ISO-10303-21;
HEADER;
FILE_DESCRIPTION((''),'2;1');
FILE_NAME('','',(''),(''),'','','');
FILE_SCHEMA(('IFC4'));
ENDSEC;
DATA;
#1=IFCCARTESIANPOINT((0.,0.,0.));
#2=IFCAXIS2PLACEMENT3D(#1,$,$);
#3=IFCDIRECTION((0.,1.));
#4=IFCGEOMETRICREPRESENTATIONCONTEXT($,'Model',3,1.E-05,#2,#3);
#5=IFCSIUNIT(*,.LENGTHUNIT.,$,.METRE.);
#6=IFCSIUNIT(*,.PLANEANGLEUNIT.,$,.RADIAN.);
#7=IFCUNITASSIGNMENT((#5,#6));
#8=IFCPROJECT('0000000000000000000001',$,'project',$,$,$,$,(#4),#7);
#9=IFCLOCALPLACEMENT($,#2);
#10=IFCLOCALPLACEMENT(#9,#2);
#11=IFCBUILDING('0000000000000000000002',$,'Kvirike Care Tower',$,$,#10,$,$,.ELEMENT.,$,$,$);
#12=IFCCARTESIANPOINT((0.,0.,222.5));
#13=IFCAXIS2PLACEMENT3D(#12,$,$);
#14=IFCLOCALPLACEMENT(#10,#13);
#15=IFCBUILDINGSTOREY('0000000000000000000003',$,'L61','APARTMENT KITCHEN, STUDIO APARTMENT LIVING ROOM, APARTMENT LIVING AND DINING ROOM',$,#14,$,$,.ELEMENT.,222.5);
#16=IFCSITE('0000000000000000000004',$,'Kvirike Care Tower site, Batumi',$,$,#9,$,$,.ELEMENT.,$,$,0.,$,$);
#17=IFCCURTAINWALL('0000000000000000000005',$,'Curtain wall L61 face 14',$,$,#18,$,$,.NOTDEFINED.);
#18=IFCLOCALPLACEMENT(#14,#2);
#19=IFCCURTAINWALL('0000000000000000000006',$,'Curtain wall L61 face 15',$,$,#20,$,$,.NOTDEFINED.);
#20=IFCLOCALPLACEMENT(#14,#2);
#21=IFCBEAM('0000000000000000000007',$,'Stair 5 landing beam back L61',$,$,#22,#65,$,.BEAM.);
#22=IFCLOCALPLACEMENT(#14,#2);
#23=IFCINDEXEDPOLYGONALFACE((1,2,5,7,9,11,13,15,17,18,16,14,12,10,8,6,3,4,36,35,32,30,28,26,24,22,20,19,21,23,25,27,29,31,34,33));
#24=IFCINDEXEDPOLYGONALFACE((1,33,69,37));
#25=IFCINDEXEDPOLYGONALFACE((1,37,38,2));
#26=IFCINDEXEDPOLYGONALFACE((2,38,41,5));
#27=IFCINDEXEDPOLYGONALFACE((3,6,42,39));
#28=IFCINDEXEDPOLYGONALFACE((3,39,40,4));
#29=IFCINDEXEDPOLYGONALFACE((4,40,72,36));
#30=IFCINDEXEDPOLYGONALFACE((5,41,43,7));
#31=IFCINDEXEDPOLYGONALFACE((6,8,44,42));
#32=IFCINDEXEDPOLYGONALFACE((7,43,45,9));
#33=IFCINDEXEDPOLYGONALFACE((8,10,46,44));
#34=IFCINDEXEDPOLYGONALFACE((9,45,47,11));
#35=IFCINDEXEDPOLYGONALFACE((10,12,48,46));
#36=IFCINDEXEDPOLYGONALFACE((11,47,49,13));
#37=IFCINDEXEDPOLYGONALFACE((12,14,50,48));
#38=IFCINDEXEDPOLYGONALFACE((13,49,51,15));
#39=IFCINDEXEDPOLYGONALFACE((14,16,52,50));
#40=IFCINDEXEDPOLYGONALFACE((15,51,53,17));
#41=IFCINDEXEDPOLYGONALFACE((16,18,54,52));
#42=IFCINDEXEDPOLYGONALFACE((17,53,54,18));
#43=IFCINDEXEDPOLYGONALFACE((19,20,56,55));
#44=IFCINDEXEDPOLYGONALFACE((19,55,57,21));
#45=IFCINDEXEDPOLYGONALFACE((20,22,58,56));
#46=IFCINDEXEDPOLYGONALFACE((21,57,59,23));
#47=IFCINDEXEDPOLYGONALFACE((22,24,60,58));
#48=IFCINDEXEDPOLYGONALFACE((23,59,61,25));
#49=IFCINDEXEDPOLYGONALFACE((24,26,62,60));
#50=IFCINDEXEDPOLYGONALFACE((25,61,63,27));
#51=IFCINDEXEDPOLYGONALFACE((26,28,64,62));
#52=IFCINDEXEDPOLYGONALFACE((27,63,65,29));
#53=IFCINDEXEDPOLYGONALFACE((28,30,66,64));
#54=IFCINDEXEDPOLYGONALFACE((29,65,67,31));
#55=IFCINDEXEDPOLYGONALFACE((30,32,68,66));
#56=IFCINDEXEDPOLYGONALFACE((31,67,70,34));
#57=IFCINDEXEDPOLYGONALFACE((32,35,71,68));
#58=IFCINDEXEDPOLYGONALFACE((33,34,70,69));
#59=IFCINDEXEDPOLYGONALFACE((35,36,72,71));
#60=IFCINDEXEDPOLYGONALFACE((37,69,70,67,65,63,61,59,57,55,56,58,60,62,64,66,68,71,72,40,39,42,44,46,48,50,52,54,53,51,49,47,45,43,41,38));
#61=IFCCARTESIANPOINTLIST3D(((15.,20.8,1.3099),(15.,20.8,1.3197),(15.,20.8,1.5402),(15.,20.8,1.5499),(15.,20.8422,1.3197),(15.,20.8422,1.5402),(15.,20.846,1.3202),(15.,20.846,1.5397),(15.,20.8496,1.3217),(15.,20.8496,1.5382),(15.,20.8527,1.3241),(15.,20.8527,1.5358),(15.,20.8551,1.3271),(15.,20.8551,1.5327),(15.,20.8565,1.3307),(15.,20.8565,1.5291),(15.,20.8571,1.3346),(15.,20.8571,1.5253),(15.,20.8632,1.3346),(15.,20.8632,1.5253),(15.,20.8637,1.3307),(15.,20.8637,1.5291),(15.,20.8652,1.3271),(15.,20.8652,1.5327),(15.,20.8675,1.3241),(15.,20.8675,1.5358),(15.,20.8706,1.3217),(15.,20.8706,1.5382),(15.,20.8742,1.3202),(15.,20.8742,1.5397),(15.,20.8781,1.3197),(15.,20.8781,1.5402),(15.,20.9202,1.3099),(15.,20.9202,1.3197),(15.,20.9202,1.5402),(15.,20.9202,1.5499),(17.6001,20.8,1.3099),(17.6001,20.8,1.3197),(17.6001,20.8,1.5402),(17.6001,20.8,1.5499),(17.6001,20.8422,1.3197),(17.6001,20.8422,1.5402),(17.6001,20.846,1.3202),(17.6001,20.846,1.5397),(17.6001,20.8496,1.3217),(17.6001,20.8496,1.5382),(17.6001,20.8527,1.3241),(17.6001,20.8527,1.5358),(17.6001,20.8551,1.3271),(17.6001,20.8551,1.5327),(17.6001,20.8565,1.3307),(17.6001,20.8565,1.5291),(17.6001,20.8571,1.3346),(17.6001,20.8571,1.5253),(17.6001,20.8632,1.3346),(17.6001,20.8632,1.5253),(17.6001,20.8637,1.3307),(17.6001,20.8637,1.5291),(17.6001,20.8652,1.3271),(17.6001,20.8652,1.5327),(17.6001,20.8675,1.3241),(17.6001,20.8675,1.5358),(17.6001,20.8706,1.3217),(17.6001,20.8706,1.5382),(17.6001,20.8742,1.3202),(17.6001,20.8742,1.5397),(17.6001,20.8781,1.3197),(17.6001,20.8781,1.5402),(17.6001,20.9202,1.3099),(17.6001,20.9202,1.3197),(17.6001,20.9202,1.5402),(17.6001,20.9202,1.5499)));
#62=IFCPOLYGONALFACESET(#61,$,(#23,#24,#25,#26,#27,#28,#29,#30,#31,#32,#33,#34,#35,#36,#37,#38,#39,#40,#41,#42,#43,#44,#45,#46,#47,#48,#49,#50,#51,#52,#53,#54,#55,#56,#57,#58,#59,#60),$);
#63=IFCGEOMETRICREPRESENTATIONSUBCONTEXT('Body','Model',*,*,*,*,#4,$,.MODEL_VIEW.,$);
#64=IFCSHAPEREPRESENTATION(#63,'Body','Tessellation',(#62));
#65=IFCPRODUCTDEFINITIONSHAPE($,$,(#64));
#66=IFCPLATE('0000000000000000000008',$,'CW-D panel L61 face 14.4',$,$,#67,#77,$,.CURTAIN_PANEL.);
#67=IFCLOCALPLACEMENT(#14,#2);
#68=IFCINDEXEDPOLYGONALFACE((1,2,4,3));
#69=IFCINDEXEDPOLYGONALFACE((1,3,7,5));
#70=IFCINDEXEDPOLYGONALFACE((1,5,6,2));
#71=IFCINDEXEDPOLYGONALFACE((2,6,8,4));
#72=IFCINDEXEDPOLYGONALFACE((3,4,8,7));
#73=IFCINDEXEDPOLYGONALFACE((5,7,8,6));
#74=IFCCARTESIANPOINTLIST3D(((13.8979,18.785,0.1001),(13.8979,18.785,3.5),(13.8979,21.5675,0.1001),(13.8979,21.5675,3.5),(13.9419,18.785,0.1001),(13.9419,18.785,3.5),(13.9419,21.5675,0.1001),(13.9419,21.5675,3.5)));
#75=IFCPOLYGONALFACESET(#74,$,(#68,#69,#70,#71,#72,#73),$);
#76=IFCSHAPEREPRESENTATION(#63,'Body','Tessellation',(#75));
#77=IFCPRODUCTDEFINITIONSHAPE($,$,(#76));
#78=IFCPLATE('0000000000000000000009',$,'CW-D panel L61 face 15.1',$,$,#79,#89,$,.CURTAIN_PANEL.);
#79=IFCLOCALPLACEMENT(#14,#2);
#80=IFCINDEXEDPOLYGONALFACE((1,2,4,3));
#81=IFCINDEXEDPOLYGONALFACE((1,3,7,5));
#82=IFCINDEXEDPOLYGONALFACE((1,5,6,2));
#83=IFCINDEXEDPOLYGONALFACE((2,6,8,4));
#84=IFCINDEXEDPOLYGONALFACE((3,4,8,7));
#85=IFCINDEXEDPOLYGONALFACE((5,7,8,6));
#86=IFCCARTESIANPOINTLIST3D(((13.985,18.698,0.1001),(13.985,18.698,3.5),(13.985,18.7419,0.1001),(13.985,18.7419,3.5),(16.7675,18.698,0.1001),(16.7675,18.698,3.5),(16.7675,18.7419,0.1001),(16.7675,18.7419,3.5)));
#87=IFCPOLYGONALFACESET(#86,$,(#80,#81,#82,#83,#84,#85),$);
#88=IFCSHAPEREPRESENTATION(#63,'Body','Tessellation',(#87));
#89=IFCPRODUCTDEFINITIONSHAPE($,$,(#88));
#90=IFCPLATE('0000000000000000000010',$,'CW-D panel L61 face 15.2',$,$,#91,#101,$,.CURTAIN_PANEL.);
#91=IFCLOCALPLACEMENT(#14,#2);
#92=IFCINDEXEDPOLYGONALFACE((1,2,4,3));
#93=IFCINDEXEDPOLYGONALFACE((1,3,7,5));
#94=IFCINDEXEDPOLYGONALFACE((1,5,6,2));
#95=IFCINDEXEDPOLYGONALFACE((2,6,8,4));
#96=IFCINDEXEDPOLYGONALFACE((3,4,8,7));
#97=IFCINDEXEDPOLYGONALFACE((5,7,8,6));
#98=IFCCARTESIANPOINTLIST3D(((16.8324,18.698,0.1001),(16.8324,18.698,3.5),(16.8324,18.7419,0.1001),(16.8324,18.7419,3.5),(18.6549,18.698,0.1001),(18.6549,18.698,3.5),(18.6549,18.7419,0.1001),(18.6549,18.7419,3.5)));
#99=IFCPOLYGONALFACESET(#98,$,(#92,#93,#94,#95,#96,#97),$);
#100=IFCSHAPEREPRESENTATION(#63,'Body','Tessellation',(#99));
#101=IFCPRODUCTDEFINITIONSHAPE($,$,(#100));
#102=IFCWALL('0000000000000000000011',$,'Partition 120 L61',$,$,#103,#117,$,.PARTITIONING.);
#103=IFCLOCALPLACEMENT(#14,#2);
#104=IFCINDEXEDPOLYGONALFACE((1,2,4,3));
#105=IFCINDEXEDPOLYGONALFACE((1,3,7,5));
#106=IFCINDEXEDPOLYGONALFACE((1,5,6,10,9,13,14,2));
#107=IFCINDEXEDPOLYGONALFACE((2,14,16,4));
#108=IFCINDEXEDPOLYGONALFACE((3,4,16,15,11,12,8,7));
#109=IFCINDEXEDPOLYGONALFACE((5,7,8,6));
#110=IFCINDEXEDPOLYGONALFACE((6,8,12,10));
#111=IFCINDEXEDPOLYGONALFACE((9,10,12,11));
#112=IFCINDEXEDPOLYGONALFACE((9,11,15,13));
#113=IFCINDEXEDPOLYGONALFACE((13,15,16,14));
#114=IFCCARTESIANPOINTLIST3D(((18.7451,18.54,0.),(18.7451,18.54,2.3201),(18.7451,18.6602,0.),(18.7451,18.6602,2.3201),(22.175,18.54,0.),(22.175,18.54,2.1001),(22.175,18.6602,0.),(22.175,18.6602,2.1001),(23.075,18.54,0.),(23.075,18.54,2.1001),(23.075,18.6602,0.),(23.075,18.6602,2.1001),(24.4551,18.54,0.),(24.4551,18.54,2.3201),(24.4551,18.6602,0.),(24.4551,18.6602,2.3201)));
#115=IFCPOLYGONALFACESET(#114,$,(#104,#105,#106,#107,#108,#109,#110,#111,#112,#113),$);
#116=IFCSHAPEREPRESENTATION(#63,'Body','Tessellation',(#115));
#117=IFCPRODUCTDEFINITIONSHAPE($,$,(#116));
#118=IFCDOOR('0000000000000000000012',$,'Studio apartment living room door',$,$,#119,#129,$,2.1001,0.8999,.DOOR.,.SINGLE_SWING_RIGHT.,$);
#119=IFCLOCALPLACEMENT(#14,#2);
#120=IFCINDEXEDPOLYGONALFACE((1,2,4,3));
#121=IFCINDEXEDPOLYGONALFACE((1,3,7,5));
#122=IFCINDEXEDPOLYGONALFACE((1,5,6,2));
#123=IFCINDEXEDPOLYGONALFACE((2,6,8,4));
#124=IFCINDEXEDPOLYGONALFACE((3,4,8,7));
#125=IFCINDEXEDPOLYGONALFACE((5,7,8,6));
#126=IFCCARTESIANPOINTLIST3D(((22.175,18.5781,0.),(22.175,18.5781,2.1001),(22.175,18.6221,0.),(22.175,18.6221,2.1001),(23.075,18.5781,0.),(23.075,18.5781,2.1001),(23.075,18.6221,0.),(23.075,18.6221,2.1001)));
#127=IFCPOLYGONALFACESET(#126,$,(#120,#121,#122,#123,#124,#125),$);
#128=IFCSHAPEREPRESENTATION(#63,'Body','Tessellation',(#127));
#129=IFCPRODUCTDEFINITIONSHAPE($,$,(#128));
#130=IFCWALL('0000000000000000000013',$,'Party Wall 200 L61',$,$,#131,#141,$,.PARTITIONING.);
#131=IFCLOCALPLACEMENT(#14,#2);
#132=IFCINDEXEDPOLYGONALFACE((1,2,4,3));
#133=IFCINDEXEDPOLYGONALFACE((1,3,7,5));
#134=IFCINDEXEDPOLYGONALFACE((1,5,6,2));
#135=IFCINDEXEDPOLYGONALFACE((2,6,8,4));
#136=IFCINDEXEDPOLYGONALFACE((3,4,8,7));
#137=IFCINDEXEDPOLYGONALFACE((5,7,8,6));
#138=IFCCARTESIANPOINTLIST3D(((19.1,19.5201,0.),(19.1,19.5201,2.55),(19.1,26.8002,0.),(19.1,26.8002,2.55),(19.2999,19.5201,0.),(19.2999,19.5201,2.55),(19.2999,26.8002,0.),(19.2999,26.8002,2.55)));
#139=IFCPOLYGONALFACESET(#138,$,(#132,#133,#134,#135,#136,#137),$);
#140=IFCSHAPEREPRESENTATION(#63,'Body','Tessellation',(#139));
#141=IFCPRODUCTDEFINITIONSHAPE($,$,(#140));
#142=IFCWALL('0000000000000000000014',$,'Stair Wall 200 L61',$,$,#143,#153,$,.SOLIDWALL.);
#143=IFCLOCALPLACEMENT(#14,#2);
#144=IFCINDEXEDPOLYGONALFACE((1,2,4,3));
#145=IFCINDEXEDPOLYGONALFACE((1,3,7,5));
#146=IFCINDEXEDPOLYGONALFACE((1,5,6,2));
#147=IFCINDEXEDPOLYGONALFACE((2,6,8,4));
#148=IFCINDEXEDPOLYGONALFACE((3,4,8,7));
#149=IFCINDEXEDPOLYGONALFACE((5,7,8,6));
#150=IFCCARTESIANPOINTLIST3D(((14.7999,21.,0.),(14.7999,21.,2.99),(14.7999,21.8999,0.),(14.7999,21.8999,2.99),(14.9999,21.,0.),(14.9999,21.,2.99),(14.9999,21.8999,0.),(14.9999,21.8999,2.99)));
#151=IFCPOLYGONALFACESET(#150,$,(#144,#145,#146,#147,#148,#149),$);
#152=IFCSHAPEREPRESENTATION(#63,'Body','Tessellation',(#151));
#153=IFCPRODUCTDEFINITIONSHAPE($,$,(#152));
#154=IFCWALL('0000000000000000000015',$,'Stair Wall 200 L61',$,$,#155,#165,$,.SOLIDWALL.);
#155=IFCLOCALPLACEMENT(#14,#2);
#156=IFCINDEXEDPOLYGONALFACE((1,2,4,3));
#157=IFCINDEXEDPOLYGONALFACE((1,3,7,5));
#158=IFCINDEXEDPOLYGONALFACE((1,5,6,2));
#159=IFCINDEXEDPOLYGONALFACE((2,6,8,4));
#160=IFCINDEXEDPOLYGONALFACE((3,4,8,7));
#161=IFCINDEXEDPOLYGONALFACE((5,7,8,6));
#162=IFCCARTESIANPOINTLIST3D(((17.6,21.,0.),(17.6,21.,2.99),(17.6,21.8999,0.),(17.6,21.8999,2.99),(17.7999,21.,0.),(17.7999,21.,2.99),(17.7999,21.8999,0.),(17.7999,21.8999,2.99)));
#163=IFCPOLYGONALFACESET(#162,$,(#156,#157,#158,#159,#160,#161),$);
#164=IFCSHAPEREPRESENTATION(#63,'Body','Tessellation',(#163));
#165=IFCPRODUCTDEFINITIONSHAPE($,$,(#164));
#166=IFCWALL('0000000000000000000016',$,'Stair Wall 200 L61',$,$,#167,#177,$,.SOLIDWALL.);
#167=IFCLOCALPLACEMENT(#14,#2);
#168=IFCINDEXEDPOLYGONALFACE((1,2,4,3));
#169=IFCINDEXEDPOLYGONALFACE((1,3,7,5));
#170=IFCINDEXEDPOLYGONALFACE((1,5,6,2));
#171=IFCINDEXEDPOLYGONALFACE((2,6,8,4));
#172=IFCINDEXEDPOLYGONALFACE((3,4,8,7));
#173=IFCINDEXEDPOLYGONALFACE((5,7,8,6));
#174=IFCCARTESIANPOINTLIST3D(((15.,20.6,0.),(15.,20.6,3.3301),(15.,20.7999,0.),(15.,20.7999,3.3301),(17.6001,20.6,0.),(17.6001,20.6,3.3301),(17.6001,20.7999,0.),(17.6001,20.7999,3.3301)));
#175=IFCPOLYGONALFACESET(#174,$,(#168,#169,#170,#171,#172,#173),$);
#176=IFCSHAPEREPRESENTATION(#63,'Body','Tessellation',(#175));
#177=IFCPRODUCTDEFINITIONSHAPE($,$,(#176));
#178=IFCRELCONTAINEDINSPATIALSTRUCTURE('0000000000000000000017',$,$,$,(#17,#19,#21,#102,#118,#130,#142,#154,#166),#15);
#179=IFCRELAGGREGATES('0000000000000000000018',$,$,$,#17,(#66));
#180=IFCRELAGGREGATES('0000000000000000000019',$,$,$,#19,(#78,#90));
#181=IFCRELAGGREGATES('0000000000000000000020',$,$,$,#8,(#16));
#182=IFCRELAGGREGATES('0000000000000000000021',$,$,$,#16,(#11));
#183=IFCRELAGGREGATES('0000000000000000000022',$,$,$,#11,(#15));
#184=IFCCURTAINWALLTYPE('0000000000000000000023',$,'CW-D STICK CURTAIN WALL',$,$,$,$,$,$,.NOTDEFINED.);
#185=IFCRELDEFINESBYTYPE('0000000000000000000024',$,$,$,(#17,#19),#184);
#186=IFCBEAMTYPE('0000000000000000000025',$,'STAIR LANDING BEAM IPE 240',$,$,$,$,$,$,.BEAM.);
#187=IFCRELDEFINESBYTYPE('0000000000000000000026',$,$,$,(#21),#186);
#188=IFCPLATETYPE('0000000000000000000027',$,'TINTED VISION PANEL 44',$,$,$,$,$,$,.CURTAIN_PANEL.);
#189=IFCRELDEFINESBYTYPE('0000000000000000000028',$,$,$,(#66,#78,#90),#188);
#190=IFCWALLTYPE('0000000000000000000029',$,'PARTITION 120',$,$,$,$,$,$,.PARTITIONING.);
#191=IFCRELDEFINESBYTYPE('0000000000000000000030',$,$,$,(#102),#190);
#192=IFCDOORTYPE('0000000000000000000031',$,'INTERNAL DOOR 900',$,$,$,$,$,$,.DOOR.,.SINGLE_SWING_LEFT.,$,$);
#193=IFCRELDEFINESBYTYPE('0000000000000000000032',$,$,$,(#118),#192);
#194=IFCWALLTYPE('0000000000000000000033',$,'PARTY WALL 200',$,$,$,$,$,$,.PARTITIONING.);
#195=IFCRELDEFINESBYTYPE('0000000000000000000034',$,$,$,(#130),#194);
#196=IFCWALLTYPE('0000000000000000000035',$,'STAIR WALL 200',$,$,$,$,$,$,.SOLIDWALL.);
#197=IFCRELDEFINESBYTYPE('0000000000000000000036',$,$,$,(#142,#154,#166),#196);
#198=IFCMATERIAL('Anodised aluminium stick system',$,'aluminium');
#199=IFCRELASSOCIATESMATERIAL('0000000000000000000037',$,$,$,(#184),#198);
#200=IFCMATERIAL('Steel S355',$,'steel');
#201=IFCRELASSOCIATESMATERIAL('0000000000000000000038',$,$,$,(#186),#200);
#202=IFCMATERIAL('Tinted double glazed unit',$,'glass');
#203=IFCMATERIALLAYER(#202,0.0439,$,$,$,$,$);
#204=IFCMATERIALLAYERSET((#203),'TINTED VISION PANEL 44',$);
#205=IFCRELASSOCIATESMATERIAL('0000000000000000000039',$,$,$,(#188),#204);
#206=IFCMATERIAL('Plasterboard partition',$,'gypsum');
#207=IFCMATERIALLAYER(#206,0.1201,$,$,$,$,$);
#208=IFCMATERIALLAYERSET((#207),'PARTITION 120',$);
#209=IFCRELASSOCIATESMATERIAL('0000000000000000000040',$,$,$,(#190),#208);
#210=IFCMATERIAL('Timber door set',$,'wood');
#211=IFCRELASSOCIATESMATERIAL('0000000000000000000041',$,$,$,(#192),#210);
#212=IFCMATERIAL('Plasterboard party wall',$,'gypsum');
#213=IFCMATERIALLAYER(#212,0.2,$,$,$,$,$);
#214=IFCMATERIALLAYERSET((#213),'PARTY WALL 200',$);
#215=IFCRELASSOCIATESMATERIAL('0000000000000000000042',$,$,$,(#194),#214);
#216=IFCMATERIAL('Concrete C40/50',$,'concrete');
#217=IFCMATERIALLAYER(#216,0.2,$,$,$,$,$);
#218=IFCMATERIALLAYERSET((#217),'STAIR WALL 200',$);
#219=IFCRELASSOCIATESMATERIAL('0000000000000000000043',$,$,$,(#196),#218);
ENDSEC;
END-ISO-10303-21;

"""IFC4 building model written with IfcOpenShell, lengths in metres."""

from ifc_helpers import new_model, si_unit, direction, frame, frame_2d, origin, origin_2d, place, context, subcontext, project, spatial, rectangle, i_section, extrude, material, layer, layer_set, material_profile, profile_set, type_object, element, fill, aggregate, save


model = new_model("IFC4")

# Units and contexts
model_context = context("Model", 3, precision=1e-05, world=origin(), true_north=direction((0.0, 1.0)))
body_context = subcontext(model_context, "Body", "Model", "MODEL_VIEW")
ifc_project = project(units=[si_unit("LENGTHUNIT", "METRE"), si_unit("PLANEANGLEUNIT", "RADIAN")], contexts=[model_context])

# Site, building, storey
site_placement = place(None, origin())
site = spatial("IfcSite", under=ifc_project, at=site_placement, Name="Kvirike Care Tower site, Batumi", CompositionType="ELEMENT", RefElevation=0.0)
building_placement = place(site_placement, origin())
building = spatial("IfcBuilding", under=site, at=building_placement, Name="Kvirike Care Tower", CompositionType="ELEMENT")
storey_placement = place(building_placement, frame((0.0, 0.0, 222.5)))
storey = spatial("IfcBuildingStorey", under=building, at=storey_placement, Name="L61", Description="APARTMENT KITCHEN, STUDIO APARTMENT LIVING ROOM, APARTMENT LIVING AND DINING ROOM", CompositionType="ELEMENT", Elevation=222.5)

# Curtain walls
ifc_material_1 = material(Name="Anodised aluminium stick system", Category="aluminium")
curtain_wall_type = type_object("IfcCurtainWallType", Name="CW-D STICK CURTAIN WALL", PredefinedType="NOTDEFINED", material=ifc_material_1)
curtain_wall_1_placement = place(storey_placement, origin())
curtain_wall_1 = element("IfcCurtainWall", 1, at=curtain_wall_1_placement, inside=storey, type_object=curtain_wall_type, Name="Curtain wall L61 face 14", PredefinedType="NOTDEFINED")
curtain_wall_2_placement = place(storey_placement, origin())
curtain_wall_2 = element("IfcCurtainWall", 2, at=curtain_wall_2_placement, inside=storey, type_object=curtain_wall_type, Name="Curtain wall L61 face 15", PredefinedType="NOTDEFINED")

# Beam
ifc_material_2 = material(Name="Steel S355", Category="steel")
ifc_material_profile_1 = material_profile(ifc_material_2, i_section(OverallWidth=0.1201, OverallDepth=0.24, WebThickness=0.0061, FlangeThickness=0.0098, FilletRadius=0.0149, at=origin_2d()), Name="IPE 240")
ifc_profile_set_1 = profile_set([ifc_material_profile_1], Name="Steel S355")
beam_type_1 = type_object("IfcBeamType", Name="STAIR LANDING BEAM IPE 240", PredefinedType="BEAM", material=ifc_profile_set_1)
beam_1_placement = place(storey_placement, frame((15.0, 20.8601, 1.4299), z_axis=(1.0, 0.0, 0.0), x_axis=(0.0, 1.0, 0.0)))
element("IfcBeam", 3, at=beam_1_placement, inside=storey, type_object=beam_type_1, Name="Stair 5 landing beam back L61", PredefinedType="BEAM", context=body_context, shape_type="SweptSolid", body=[
    extrude(i_section(OverallWidth=0.1201, OverallDepth=0.24, WebThickness=0.0061, FlangeThickness=0.0098, FilletRadius=0.0149, at=origin_2d()), origin(), (0.0, 0.0, 1.0), 2.6001),
])

# Plates
ifc_material_3 = material(Name="Tinted double glazed unit", Category="glass")
ifc_layer_1 = layer(ifc_material_3, 0.0439)
ifc_layer_set_1 = layer_set([ifc_layer_1], Name="TINTED VISION PANEL 44")
plate_type = type_object("IfcPlateType", Name="TINTED VISION PANEL 44", PredefinedType="CURTAIN_PANEL", material=ifc_layer_set_1)
plate_1_placement = place(storey_placement, frame((13.9199, 20.1763, 0.1001), z_axis=(0.0, 0.0, 1.0), x_axis=(0.0, -1.0, 0.0)))
plate_1 = element("IfcPlate", 4, at=plate_1_placement, type_object=plate_type, Name="CW-D panel L61 face 14.4", PredefinedType="CURTAIN_PANEL", context=body_context, shape_type="SweptSolid", body=[
    extrude(rectangle(XDim=2.7825, YDim=0.0439, at=origin_2d()), origin(), (0.0, 0.0, 1.0), 3.3999),
])
aggregate(curtain_wall_1, [plate_1])
plate_2_placement = place(storey_placement, frame((15.3762, 18.72, 0.1001), z_axis=(0.0, 0.0, 1.0), x_axis=(1.0, 0.0, 0.0)))
plate_2 = element("IfcPlate", 5, at=plate_2_placement, type_object=plate_type, Name="CW-D panel L61 face 15.1", PredefinedType="CURTAIN_PANEL", context=body_context, shape_type="SweptSolid", body=[
    extrude(rectangle(XDim=2.7825, YDim=0.0439, at=origin_2d()), origin(), (0.0, 0.0, 1.0), 3.3999),
])
plate_3_placement = place(storey_placement, frame((17.7437, 18.72, 0.1001), z_axis=(0.0, 0.0, 1.0), x_axis=(1.0, 0.0, 0.0)))
plate_3 = element("IfcPlate", 6, at=plate_3_placement, type_object=plate_type, Name="CW-D panel L61 face 15.2", PredefinedType="CURTAIN_PANEL", context=body_context, shape_type="SweptSolid", body=[
    extrude(rectangle(XDim=1.8225, YDim=0.0439, at=origin_2d()), origin(), (0.0, 0.0, 1.0), 3.3999),
])
aggregate(curtain_wall_2, [plate_2, plate_3])

# Wall, opening, door
ifc_material_4 = material(Name="Plasterboard partition", Category="gypsum")
ifc_layer_2 = layer(ifc_material_4, 0.1201)
ifc_layer_set_2 = layer_set([ifc_layer_2], Name="PARTITION 120")
wall_type_1 = type_object("IfcWallType", Name="PARTITION 120", PredefinedType="PARTITIONING", material=ifc_layer_set_2)
wall_1_placement = place(storey_placement, frame((18.7451, 18.6001, 0.0), z_axis=(0.0, 0.0, 1.0), x_axis=(1.0, 0.0, 0.0)))
wall_1 = element("IfcWall", 7, at=wall_1_placement, inside=storey, type_object=wall_type_1, Name="Partition 120 L61", PredefinedType="PARTITIONING", context=body_context, shape_type="SweptSolid", body=[
    extrude(rectangle(XDim=5.71, YDim=0.1201, at=frame_2d((2.855, 0.0))), origin(), (0.0, 0.0, 1.0), 2.3201),
])
opening_placement = place(wall_1_placement, frame((3.4299, 0.0, 0.0)))
opening = element("IfcOpeningElement", 8, at=opening_placement, cuts=wall_1, PredefinedType="OPENING", context=body_context, shape_type="SweptSolid", body=[
    extrude(rectangle(XDim=0.8999, YDim=2.1001, at=frame_2d((0.45, 1.05))), frame((0.0, 0.0706, 0.0), z_axis=(0.0, -1.0, 0.0), x_axis=(1.0, 0.0, 0.0)), (0.0, 0.0, 1.0), 0.1411),
])
ifc_material_5 = material(Name="Timber door set", Category="wood")
door_type = type_object("IfcDoorType", Name="INTERNAL DOOR 900", OperationType="SINGLE_SWING_LEFT", PredefinedType="DOOR", material=ifc_material_5)
door_placement = place(opening_placement, frame((0.8999, 0.0, 0.0), z_axis=(0.0, 0.0, 1.0), x_axis=(-1.0, 0.0, 0.0)))
door = element("IfcDoor", 9, at=door_placement, inside=storey, type_object=door_type, Name="Studio apartment living room door", OperationType="SINGLE_SWING_RIGHT", OverallHeight=2.1001, OverallWidth=0.8999, PredefinedType="DOOR", context=body_context, shape_type="SweptSolid", body=[
    extrude(rectangle(XDim=0.8999, YDim=2.1001, at=frame_2d((0.45, 1.05))), frame((0.0, 0.022, 0.0), z_axis=(0.0, -1.0, 0.0), x_axis=(1.0, 0.0, 0.0)), (0.0, 0.0, 1.0), 0.0439),
])
fill(opening, door)

# Walls
ifc_material_6 = material(Name="Plasterboard party wall", Category="gypsum")
ifc_layer_3 = layer(ifc_material_6, 0.2)
ifc_layer_set_3 = layer_set([ifc_layer_3], Name="PARTY WALL 200")
wall_type_2 = type_object("IfcWallType", Name="PARTY WALL 200", PredefinedType="PARTITIONING", material=ifc_layer_set_3)
wall_2_placement = place(storey_placement, frame((19.2, 19.52, 0.0), z_axis=(0.0, 0.0, 1.0), x_axis=(0.0, 1.0, 0.0)))
element("IfcWall", 10, at=wall_2_placement, inside=storey, type_object=wall_type_2, Name="Party Wall 200 L61", PredefinedType="PARTITIONING", context=body_context, shape_type="SweptSolid", body=[
    extrude(rectangle(XDim=7.28, YDim=0.2, at=frame_2d((3.6401, 0.0))), origin(), (0.0, 0.0, 1.0), 2.55),
])
ifc_material_7 = material(Name="Concrete C40/50", Category="concrete")
ifc_layer_4 = layer(ifc_material_7, 0.2)
ifc_layer_set_4 = layer_set([ifc_layer_4], Name="STAIR WALL 200")
wall_type_3 = type_object("IfcWallType", Name="STAIR WALL 200", PredefinedType="SOLIDWALL", material=ifc_layer_set_4)
for number, where, z_axis, x_axis, name in (
    (11, (14.8999, 21.0, 0.0), (0.0, 0.0, 1.0), (0.0, 1.0, 0.0), "Stair Wall 200 L61"),
    (12, (17.7, 21.0, 0.0), (0.0, 0.0, 1.0), (0.0, 1.0, 0.0), "Stair Wall 200 L61"),
):
    element("IfcWall", number, at=place(storey_placement, frame(where, z_axis=z_axis, x_axis=x_axis)), inside=storey, type_object=wall_type_3, Name=name, PredefinedType="SOLIDWALL", context=body_context, shape_type="SweptSolid", body=[
        extrude(rectangle(XDim=0.8999, YDim=0.2, at=frame_2d((0.45, 0.0))), origin(), (0.0, 0.0, 1.0), 2.99),
    ])
wall_3_placement = place(storey_placement, frame((15.0, 20.7, 0.0), z_axis=(0.0, 0.0, 1.0), x_axis=(1.0, 0.0, 0.0)))
element("IfcWall", 13, at=wall_3_placement, inside=storey, type_object=wall_type_3, Name="Stair Wall 200 L61", PredefinedType="SOLIDWALL", context=body_context, shape_type="SweptSolid", body=[
    extrude(rectangle(XDim=2.6001, YDim=0.2, at=frame_2d((1.3, 0.0))), origin(), (0.0, 0.0, 1.0), 3.3301),
])

save(model, "model.ifc")
